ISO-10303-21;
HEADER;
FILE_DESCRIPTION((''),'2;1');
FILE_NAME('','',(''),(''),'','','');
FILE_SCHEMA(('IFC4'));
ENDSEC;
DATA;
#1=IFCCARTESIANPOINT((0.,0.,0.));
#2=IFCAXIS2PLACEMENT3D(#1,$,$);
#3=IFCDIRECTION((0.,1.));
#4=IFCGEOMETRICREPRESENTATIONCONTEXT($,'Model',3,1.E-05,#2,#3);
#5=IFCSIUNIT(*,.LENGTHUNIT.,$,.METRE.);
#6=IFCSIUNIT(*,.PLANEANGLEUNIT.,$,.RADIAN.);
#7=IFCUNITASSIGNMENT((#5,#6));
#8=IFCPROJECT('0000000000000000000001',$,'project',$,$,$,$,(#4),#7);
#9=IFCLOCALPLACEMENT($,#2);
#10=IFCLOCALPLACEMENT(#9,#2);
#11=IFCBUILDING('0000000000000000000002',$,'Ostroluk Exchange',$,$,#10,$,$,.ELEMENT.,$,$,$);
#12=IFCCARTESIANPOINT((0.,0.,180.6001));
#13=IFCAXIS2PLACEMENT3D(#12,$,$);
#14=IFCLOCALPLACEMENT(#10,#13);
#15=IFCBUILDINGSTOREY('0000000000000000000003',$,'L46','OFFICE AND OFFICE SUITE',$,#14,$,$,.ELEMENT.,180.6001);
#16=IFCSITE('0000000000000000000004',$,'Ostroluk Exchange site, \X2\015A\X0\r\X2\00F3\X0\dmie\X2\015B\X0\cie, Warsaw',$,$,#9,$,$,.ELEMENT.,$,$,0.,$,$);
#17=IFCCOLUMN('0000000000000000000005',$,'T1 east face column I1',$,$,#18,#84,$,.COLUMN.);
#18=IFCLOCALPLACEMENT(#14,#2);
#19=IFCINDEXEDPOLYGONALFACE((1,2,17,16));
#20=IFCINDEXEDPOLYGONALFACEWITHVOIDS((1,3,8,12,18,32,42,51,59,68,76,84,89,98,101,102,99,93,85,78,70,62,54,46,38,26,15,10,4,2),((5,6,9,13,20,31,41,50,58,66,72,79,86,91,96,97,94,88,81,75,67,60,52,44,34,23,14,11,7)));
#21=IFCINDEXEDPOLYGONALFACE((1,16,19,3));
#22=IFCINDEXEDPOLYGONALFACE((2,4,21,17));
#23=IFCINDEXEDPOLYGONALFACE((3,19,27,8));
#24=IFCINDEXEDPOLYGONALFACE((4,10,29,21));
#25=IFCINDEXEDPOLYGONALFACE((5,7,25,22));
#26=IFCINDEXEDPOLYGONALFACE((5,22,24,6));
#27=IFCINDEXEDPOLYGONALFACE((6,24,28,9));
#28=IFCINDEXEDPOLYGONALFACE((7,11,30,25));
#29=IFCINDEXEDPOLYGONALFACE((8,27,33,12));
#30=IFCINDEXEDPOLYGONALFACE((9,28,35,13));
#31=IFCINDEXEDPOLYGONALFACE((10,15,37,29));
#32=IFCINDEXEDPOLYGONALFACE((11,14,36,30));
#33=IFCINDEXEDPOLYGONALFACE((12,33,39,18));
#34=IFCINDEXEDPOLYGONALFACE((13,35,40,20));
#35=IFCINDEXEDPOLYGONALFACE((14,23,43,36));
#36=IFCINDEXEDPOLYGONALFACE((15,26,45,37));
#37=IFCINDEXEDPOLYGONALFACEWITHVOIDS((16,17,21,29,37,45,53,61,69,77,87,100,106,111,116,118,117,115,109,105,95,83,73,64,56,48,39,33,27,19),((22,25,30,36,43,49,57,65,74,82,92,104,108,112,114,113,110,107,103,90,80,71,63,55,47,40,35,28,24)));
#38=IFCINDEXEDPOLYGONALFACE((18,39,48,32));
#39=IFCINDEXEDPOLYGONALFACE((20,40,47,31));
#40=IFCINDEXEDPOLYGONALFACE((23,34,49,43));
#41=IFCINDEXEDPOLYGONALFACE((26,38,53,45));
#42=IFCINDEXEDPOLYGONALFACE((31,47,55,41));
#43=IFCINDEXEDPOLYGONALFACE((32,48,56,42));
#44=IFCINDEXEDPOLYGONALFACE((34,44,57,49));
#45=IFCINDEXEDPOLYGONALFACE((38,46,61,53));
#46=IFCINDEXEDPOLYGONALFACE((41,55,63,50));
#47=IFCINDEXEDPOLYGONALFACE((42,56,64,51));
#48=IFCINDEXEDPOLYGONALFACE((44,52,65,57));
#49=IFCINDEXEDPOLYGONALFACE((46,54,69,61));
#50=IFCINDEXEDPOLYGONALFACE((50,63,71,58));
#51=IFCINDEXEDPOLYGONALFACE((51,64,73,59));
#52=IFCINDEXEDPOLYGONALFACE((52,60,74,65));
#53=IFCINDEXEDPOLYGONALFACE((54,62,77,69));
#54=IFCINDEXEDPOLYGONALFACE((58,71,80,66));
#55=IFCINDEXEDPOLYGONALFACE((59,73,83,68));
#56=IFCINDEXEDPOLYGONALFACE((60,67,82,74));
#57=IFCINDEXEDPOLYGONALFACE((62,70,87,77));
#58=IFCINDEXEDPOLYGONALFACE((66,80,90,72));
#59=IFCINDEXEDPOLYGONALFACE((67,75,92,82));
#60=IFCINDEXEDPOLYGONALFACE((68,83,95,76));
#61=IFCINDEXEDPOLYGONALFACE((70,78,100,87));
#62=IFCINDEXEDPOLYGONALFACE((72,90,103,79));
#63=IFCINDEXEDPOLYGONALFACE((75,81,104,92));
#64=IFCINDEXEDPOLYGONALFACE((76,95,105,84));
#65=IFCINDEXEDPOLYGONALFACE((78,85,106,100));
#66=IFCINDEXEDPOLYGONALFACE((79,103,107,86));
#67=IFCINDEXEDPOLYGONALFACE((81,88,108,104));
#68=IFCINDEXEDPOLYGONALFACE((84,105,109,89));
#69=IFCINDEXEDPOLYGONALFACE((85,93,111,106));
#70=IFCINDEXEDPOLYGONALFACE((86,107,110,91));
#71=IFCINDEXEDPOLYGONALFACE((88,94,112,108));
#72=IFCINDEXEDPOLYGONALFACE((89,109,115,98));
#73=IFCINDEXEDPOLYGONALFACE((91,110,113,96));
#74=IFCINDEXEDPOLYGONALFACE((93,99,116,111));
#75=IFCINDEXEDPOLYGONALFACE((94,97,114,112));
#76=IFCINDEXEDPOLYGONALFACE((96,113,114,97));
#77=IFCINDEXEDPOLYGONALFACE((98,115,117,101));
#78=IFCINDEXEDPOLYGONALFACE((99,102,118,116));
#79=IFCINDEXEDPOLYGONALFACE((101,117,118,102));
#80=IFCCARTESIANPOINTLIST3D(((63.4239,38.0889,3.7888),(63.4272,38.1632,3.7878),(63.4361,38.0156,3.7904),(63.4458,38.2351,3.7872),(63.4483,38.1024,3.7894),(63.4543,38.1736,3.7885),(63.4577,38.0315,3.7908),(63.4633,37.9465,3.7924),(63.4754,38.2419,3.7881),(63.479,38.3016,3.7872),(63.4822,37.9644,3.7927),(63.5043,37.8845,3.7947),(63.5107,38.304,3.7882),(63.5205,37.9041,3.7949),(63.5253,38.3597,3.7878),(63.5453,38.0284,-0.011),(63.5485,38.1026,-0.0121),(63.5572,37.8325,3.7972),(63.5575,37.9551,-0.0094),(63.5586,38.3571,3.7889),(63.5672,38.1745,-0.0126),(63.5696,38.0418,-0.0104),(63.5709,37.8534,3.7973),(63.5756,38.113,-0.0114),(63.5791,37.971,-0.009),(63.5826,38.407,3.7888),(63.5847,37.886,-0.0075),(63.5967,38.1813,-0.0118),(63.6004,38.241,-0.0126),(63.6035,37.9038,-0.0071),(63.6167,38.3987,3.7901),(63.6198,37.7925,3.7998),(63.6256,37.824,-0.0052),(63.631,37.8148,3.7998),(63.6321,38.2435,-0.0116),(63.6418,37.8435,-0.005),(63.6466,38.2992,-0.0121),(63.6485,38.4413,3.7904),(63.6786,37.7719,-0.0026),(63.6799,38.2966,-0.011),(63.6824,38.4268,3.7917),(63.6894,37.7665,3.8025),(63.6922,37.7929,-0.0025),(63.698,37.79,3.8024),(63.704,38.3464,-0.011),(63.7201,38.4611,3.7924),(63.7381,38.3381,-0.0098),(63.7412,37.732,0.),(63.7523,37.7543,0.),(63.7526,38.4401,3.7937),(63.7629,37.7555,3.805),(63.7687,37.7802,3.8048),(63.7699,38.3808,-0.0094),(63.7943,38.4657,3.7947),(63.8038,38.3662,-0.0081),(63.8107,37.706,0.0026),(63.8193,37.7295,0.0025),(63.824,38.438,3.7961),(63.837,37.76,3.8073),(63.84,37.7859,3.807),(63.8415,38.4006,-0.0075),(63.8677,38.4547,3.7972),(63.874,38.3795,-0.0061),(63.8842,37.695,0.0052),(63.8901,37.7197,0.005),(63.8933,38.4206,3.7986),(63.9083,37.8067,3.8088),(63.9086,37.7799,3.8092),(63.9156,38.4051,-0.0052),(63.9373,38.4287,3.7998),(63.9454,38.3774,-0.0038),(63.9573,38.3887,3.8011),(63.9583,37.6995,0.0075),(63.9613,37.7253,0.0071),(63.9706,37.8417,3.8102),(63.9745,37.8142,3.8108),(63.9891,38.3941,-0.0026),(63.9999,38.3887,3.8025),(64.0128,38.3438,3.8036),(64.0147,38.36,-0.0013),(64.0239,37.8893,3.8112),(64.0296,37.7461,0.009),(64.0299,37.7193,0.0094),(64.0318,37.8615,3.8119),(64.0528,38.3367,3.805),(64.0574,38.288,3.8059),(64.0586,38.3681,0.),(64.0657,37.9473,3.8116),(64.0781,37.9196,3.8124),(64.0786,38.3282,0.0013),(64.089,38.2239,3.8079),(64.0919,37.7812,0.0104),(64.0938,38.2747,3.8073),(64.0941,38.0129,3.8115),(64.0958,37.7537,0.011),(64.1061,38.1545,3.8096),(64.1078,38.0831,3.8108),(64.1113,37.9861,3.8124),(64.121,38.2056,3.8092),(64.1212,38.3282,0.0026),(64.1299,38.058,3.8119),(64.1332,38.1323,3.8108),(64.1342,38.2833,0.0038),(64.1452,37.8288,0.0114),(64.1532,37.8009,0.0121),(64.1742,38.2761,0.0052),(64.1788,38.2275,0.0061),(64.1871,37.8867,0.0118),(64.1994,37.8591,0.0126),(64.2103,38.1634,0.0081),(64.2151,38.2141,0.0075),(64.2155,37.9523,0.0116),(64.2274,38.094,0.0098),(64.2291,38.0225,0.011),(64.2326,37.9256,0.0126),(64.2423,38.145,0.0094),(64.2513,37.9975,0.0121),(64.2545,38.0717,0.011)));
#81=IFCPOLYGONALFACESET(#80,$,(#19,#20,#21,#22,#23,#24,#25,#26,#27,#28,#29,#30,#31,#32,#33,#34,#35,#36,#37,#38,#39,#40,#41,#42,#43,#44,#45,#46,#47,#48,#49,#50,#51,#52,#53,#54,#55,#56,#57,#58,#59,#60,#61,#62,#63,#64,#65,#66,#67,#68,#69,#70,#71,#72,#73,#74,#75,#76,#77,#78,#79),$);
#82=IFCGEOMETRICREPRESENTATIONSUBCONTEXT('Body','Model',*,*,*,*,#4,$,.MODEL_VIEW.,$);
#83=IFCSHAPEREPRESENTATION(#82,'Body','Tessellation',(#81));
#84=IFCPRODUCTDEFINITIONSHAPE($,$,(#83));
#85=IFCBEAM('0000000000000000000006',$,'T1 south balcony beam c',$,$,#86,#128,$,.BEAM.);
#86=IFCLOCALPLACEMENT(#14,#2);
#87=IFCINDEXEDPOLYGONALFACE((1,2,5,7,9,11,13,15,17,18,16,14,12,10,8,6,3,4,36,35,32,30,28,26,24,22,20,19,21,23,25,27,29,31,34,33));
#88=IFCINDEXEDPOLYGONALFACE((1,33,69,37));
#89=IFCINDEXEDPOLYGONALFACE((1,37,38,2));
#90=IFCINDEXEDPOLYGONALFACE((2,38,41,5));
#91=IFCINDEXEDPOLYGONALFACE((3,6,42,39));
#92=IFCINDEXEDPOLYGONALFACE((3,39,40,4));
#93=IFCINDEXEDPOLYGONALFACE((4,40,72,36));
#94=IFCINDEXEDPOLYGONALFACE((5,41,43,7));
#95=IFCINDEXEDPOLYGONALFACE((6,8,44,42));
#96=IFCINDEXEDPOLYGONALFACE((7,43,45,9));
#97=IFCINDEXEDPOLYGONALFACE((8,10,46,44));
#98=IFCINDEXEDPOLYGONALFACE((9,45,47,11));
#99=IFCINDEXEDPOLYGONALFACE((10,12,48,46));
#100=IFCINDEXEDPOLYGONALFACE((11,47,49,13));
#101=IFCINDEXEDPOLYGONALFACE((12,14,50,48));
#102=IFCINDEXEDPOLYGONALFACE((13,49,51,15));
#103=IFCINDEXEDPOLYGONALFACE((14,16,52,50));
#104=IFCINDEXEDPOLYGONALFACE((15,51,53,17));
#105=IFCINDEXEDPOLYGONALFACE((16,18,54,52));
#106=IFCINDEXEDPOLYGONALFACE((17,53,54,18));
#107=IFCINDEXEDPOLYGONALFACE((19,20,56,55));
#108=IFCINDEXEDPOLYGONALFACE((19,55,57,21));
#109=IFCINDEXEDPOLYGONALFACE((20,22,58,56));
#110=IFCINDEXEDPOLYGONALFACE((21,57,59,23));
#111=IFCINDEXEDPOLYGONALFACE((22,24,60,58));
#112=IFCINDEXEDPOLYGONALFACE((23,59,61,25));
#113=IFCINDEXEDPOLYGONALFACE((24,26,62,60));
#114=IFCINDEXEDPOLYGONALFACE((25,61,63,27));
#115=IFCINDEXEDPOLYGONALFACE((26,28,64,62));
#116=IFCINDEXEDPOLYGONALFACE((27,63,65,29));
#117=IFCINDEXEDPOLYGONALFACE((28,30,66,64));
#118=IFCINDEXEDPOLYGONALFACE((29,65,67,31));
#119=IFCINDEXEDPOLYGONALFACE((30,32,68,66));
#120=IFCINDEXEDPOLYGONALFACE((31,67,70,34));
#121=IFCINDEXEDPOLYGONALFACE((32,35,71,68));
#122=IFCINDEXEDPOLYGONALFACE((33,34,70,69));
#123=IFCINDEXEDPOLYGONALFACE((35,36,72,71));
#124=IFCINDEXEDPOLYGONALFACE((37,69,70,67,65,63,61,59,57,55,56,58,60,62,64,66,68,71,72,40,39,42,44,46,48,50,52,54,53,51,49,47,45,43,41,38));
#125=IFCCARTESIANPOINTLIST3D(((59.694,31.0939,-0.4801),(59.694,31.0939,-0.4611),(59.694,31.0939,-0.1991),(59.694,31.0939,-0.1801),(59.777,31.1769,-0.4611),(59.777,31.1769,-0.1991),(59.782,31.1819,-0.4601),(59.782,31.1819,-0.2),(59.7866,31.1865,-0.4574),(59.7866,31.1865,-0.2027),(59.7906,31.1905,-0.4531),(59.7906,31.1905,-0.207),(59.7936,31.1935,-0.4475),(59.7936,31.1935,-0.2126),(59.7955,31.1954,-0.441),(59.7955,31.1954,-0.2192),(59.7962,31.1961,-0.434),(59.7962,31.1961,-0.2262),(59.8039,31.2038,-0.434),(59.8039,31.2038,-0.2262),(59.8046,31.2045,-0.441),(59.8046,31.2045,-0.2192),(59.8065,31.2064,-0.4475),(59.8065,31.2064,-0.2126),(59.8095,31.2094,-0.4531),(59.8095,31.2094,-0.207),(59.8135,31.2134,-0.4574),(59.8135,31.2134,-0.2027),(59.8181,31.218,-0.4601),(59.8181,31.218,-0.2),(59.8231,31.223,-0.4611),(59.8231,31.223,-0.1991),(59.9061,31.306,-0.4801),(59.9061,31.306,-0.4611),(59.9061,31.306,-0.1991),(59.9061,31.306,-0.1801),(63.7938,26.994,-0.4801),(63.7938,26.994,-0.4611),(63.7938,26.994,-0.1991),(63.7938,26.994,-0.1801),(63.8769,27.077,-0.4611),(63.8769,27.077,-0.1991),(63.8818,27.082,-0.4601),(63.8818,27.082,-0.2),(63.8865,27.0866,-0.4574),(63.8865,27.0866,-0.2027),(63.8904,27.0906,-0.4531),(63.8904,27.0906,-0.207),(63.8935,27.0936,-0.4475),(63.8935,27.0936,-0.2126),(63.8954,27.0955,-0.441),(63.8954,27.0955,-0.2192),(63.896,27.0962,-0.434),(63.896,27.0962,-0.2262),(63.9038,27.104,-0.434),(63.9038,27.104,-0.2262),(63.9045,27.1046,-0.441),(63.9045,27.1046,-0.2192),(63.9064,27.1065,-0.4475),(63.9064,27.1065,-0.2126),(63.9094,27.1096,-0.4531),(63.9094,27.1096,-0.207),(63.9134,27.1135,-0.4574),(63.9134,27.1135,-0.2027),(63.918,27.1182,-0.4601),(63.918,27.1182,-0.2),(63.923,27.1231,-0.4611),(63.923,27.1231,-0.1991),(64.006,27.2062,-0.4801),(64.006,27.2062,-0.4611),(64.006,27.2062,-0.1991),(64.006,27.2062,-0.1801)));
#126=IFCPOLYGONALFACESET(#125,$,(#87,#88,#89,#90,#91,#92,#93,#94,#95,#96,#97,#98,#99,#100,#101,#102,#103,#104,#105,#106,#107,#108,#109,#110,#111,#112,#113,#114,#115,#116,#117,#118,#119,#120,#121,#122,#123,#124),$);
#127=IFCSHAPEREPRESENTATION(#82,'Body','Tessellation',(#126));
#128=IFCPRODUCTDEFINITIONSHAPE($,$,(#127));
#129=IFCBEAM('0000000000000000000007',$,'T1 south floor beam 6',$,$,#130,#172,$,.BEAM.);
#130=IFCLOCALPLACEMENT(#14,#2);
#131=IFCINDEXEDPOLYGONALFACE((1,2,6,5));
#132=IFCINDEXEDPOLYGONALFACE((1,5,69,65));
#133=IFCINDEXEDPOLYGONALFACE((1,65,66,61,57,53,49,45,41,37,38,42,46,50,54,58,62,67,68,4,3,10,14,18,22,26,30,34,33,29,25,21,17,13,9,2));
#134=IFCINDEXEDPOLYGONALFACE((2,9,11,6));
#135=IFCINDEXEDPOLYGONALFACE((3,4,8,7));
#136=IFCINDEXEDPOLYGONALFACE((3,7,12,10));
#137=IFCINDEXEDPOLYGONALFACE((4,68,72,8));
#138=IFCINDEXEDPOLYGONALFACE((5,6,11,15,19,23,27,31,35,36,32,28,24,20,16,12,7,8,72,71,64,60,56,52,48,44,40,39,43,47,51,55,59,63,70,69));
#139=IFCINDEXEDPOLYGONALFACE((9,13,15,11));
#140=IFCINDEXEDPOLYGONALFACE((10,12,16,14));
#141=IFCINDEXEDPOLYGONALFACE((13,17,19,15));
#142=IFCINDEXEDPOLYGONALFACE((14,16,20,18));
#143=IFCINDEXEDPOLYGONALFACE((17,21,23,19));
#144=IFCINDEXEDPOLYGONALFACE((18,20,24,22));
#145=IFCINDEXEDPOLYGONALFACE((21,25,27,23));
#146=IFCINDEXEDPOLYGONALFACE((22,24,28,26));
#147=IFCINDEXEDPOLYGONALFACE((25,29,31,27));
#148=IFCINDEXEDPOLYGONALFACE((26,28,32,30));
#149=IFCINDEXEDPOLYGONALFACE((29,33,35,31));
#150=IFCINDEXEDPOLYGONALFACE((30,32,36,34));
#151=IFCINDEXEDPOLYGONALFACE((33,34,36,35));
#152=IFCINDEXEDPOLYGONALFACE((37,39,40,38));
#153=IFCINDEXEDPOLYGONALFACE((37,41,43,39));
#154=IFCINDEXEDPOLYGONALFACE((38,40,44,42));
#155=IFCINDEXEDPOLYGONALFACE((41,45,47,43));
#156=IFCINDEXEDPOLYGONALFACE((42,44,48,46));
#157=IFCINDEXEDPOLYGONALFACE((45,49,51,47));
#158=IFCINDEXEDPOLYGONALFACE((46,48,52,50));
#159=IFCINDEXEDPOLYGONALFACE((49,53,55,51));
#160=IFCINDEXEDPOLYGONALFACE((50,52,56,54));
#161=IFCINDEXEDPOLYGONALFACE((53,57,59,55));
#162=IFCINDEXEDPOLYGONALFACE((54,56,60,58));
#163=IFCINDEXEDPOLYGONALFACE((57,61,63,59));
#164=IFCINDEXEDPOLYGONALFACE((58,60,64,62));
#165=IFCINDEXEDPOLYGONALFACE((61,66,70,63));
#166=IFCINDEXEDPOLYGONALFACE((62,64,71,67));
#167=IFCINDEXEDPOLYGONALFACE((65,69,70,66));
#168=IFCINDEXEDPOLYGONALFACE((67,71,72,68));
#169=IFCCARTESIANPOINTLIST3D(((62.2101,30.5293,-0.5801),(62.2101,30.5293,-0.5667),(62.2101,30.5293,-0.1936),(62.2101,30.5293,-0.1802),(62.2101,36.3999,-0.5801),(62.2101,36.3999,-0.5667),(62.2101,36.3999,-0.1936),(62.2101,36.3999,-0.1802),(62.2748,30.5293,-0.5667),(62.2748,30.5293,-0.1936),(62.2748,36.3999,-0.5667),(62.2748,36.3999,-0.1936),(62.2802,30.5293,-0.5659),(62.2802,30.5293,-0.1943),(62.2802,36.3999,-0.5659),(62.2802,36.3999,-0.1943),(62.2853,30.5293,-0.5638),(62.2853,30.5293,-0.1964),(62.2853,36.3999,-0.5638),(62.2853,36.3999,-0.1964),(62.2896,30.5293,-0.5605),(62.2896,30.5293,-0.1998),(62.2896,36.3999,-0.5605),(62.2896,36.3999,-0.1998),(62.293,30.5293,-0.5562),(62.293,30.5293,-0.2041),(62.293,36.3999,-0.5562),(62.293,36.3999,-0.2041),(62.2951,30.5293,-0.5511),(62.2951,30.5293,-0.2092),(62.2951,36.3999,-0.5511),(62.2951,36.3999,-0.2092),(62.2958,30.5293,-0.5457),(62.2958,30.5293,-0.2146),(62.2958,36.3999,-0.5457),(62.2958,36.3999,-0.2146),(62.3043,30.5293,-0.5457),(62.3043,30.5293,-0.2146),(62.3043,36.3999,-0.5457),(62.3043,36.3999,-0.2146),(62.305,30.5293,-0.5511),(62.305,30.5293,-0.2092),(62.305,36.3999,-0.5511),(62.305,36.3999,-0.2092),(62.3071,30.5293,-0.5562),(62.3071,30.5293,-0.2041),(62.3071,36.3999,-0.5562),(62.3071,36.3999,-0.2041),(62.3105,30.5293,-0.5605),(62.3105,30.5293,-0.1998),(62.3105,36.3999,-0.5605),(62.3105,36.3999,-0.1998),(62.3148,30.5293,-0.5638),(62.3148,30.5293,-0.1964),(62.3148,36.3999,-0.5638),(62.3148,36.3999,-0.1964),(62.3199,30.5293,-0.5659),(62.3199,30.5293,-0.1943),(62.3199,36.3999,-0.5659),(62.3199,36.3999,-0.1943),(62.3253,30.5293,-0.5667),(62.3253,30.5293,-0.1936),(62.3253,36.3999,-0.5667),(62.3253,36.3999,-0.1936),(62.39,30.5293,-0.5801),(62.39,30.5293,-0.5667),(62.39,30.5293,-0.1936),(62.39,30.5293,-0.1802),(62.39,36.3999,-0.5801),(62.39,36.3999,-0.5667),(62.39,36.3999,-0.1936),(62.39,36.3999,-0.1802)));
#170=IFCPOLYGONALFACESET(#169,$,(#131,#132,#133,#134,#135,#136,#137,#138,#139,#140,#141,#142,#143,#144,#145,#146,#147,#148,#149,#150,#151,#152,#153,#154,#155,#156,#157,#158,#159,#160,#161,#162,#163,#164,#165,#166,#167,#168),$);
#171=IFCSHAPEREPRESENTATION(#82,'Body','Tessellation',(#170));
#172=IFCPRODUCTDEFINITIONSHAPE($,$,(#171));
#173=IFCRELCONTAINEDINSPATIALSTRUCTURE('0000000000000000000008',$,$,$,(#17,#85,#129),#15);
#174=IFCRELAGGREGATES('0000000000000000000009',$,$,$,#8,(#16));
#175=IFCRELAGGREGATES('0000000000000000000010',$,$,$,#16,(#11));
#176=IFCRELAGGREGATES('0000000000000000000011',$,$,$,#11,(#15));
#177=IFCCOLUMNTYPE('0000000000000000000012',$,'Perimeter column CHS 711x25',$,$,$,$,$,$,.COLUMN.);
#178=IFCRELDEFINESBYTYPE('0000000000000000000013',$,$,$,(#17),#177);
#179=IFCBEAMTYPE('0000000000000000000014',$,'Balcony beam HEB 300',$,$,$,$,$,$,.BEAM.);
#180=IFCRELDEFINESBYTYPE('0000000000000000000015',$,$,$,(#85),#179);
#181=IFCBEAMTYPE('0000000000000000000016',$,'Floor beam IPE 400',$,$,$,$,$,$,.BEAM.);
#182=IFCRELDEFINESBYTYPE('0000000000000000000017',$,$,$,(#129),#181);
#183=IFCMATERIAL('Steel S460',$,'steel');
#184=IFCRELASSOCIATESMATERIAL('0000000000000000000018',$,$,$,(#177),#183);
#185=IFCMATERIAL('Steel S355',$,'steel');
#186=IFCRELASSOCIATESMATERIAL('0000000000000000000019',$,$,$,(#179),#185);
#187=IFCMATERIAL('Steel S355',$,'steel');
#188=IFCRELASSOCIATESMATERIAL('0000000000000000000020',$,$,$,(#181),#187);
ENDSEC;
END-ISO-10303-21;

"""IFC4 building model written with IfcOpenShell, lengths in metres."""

from ifc_helpers import new_model, si_unit, direction, frame, origin, origin_2d, place, context, subcontext, project, spatial, hollow_circle, i_section, extrude, material, material_profile, profile_set, type_object, element, save


model = new_model("IFC4")

# Units and contexts
model_context = context("Model", 3, precision=1e-05, world=origin(), true_north=direction((0.0, 1.0)))
body_context = subcontext(model_context, "Body", "Model", "MODEL_VIEW")
ifc_project = project(units=[si_unit("LENGTHUNIT", "METRE"), si_unit("PLANEANGLEUNIT", "RADIAN")], contexts=[model_context])

# Site, building, storey
site_placement = place(None, origin())
site = spatial("IfcSite", under=ifc_project, at=site_placement, Name="Ostroluk Exchange site, Śródmieście, Warsaw", CompositionType="ELEMENT", RefElevation=0.0)
building_placement = place(site_placement, origin())
building = spatial("IfcBuilding", under=site, at=building_placement, Name="Ostroluk Exchange", CompositionType="ELEMENT")
storey_placement = place(building_placement, frame((0.0, 0.0, 180.6001)))
storey = spatial("IfcBuildingStorey", under=building, at=storey_placement, Name="L46", Description="OFFICE AND OFFICE SUITE", CompositionType="ELEMENT", Elevation=180.6001)

# Column
ifc_material_1 = material(Name="Steel S460", Category="steel")
ifc_material_profile_1 = material_profile(ifc_material_1, hollow_circle(Radius=0.3555, WallThickness=0.0249, at=origin_2d()), Name="CHS 711x25")
ifc_profile_set_1 = profile_set([ifc_material_profile_1], Name="Steel S460")
column_type = type_object("IfcColumnType", Name="Perimeter column CHS 711x25", PredefinedType="COLUMN", material=ifc_profile_set_1)
column_placement = place(storey_placement, frame((63.8999, 38.05, 0.0), z_axis=(-0.031912, 0.015924, 0.999364), x_axis=(-0.446493, -0.894787, 0.0)))
element("IfcColumn", 1, at=column_placement, inside=storey, type_object=column_type, Name="T1 east face column I1", PredefinedType="COLUMN", context=body_context, shape_type="SweptSolid", body=[
    extrude(hollow_circle(Radius=0.3555, WallThickness=0.0249, at=origin_2d()), origin(), (0.0, 0.0, 1.0), 3.8022),
])

# Beams
ifc_material_2 = material(Name="Steel S355", Category="steel")
ifc_material_profile_2 = material_profile(ifc_material_2, i_section(OverallWidth=0.3, OverallDepth=0.3, WebThickness=0.011, FlangeThickness=0.019, FilletRadius=0.0271, at=origin_2d()), Name="HEB 300")
ifc_profile_set_2 = profile_set([ifc_material_profile_2], Name="Steel S355")
beam_type_1 = type_object("IfcBeamType", Name="Balcony beam HEB 300", PredefinedType="BEAM", material=ifc_profile_set_2)
beam_1_placement = place(storey_placement, frame((59.8, 31.2, -0.3301), z_axis=(0.707107, -0.707107, 0.0), x_axis=(0.707107, 0.707107, 0.0)))
element("IfcBeam", 2, at=beam_1_placement, inside=storey, type_object=beam_type_1, Name="T1 south balcony beam c", PredefinedType="BEAM", context=body_context, shape_type="SweptSolid", body=[
    extrude(i_section(OverallWidth=0.3, OverallDepth=0.3, WebThickness=0.011, FlangeThickness=0.019, FilletRadius=0.0271, at=origin_2d()), origin(), (0.0, 0.0, 1.0), 5.7981),
])
ifc_material_3 = material(Name="Steel S355", Category="steel")
ifc_material_profile_3 = material_profile(ifc_material_3, i_section(OverallWidth=0.1799, OverallDepth=0.3999, WebThickness=0.0085, FlangeThickness=0.0134, FilletRadius=0.021, at=origin_2d()), Name="IPE 400")
ifc_profile_set_3 = profile_set([ifc_material_profile_3], Name="Steel S355")
beam_type_2 = type_object("IfcBeamType", Name="Floor beam IPE 400", PredefinedType="BEAM", material=ifc_profile_set_3)
beam_2_placement = place(storey_placement, frame((62.3, 36.3999, -0.3801), z_axis=(0.0, -1.0, 0.0), x_axis=(1.0, 0.0, 0.0)))
element("IfcBeam", 3, at=beam_2_placement, inside=storey, type_object=beam_type_2, Name="T1 south floor beam 6", PredefinedType="BEAM", context=body_context, shape_type="SweptSolid", body=[
    extrude(i_section(OverallWidth=0.1799, OverallDepth=0.3999, WebThickness=0.0085, FlangeThickness=0.0134, FilletRadius=0.021, at=origin_2d()), origin(), (0.0, 0.0, 1.0), 5.8706),
])

save(model, "model.ifc")
